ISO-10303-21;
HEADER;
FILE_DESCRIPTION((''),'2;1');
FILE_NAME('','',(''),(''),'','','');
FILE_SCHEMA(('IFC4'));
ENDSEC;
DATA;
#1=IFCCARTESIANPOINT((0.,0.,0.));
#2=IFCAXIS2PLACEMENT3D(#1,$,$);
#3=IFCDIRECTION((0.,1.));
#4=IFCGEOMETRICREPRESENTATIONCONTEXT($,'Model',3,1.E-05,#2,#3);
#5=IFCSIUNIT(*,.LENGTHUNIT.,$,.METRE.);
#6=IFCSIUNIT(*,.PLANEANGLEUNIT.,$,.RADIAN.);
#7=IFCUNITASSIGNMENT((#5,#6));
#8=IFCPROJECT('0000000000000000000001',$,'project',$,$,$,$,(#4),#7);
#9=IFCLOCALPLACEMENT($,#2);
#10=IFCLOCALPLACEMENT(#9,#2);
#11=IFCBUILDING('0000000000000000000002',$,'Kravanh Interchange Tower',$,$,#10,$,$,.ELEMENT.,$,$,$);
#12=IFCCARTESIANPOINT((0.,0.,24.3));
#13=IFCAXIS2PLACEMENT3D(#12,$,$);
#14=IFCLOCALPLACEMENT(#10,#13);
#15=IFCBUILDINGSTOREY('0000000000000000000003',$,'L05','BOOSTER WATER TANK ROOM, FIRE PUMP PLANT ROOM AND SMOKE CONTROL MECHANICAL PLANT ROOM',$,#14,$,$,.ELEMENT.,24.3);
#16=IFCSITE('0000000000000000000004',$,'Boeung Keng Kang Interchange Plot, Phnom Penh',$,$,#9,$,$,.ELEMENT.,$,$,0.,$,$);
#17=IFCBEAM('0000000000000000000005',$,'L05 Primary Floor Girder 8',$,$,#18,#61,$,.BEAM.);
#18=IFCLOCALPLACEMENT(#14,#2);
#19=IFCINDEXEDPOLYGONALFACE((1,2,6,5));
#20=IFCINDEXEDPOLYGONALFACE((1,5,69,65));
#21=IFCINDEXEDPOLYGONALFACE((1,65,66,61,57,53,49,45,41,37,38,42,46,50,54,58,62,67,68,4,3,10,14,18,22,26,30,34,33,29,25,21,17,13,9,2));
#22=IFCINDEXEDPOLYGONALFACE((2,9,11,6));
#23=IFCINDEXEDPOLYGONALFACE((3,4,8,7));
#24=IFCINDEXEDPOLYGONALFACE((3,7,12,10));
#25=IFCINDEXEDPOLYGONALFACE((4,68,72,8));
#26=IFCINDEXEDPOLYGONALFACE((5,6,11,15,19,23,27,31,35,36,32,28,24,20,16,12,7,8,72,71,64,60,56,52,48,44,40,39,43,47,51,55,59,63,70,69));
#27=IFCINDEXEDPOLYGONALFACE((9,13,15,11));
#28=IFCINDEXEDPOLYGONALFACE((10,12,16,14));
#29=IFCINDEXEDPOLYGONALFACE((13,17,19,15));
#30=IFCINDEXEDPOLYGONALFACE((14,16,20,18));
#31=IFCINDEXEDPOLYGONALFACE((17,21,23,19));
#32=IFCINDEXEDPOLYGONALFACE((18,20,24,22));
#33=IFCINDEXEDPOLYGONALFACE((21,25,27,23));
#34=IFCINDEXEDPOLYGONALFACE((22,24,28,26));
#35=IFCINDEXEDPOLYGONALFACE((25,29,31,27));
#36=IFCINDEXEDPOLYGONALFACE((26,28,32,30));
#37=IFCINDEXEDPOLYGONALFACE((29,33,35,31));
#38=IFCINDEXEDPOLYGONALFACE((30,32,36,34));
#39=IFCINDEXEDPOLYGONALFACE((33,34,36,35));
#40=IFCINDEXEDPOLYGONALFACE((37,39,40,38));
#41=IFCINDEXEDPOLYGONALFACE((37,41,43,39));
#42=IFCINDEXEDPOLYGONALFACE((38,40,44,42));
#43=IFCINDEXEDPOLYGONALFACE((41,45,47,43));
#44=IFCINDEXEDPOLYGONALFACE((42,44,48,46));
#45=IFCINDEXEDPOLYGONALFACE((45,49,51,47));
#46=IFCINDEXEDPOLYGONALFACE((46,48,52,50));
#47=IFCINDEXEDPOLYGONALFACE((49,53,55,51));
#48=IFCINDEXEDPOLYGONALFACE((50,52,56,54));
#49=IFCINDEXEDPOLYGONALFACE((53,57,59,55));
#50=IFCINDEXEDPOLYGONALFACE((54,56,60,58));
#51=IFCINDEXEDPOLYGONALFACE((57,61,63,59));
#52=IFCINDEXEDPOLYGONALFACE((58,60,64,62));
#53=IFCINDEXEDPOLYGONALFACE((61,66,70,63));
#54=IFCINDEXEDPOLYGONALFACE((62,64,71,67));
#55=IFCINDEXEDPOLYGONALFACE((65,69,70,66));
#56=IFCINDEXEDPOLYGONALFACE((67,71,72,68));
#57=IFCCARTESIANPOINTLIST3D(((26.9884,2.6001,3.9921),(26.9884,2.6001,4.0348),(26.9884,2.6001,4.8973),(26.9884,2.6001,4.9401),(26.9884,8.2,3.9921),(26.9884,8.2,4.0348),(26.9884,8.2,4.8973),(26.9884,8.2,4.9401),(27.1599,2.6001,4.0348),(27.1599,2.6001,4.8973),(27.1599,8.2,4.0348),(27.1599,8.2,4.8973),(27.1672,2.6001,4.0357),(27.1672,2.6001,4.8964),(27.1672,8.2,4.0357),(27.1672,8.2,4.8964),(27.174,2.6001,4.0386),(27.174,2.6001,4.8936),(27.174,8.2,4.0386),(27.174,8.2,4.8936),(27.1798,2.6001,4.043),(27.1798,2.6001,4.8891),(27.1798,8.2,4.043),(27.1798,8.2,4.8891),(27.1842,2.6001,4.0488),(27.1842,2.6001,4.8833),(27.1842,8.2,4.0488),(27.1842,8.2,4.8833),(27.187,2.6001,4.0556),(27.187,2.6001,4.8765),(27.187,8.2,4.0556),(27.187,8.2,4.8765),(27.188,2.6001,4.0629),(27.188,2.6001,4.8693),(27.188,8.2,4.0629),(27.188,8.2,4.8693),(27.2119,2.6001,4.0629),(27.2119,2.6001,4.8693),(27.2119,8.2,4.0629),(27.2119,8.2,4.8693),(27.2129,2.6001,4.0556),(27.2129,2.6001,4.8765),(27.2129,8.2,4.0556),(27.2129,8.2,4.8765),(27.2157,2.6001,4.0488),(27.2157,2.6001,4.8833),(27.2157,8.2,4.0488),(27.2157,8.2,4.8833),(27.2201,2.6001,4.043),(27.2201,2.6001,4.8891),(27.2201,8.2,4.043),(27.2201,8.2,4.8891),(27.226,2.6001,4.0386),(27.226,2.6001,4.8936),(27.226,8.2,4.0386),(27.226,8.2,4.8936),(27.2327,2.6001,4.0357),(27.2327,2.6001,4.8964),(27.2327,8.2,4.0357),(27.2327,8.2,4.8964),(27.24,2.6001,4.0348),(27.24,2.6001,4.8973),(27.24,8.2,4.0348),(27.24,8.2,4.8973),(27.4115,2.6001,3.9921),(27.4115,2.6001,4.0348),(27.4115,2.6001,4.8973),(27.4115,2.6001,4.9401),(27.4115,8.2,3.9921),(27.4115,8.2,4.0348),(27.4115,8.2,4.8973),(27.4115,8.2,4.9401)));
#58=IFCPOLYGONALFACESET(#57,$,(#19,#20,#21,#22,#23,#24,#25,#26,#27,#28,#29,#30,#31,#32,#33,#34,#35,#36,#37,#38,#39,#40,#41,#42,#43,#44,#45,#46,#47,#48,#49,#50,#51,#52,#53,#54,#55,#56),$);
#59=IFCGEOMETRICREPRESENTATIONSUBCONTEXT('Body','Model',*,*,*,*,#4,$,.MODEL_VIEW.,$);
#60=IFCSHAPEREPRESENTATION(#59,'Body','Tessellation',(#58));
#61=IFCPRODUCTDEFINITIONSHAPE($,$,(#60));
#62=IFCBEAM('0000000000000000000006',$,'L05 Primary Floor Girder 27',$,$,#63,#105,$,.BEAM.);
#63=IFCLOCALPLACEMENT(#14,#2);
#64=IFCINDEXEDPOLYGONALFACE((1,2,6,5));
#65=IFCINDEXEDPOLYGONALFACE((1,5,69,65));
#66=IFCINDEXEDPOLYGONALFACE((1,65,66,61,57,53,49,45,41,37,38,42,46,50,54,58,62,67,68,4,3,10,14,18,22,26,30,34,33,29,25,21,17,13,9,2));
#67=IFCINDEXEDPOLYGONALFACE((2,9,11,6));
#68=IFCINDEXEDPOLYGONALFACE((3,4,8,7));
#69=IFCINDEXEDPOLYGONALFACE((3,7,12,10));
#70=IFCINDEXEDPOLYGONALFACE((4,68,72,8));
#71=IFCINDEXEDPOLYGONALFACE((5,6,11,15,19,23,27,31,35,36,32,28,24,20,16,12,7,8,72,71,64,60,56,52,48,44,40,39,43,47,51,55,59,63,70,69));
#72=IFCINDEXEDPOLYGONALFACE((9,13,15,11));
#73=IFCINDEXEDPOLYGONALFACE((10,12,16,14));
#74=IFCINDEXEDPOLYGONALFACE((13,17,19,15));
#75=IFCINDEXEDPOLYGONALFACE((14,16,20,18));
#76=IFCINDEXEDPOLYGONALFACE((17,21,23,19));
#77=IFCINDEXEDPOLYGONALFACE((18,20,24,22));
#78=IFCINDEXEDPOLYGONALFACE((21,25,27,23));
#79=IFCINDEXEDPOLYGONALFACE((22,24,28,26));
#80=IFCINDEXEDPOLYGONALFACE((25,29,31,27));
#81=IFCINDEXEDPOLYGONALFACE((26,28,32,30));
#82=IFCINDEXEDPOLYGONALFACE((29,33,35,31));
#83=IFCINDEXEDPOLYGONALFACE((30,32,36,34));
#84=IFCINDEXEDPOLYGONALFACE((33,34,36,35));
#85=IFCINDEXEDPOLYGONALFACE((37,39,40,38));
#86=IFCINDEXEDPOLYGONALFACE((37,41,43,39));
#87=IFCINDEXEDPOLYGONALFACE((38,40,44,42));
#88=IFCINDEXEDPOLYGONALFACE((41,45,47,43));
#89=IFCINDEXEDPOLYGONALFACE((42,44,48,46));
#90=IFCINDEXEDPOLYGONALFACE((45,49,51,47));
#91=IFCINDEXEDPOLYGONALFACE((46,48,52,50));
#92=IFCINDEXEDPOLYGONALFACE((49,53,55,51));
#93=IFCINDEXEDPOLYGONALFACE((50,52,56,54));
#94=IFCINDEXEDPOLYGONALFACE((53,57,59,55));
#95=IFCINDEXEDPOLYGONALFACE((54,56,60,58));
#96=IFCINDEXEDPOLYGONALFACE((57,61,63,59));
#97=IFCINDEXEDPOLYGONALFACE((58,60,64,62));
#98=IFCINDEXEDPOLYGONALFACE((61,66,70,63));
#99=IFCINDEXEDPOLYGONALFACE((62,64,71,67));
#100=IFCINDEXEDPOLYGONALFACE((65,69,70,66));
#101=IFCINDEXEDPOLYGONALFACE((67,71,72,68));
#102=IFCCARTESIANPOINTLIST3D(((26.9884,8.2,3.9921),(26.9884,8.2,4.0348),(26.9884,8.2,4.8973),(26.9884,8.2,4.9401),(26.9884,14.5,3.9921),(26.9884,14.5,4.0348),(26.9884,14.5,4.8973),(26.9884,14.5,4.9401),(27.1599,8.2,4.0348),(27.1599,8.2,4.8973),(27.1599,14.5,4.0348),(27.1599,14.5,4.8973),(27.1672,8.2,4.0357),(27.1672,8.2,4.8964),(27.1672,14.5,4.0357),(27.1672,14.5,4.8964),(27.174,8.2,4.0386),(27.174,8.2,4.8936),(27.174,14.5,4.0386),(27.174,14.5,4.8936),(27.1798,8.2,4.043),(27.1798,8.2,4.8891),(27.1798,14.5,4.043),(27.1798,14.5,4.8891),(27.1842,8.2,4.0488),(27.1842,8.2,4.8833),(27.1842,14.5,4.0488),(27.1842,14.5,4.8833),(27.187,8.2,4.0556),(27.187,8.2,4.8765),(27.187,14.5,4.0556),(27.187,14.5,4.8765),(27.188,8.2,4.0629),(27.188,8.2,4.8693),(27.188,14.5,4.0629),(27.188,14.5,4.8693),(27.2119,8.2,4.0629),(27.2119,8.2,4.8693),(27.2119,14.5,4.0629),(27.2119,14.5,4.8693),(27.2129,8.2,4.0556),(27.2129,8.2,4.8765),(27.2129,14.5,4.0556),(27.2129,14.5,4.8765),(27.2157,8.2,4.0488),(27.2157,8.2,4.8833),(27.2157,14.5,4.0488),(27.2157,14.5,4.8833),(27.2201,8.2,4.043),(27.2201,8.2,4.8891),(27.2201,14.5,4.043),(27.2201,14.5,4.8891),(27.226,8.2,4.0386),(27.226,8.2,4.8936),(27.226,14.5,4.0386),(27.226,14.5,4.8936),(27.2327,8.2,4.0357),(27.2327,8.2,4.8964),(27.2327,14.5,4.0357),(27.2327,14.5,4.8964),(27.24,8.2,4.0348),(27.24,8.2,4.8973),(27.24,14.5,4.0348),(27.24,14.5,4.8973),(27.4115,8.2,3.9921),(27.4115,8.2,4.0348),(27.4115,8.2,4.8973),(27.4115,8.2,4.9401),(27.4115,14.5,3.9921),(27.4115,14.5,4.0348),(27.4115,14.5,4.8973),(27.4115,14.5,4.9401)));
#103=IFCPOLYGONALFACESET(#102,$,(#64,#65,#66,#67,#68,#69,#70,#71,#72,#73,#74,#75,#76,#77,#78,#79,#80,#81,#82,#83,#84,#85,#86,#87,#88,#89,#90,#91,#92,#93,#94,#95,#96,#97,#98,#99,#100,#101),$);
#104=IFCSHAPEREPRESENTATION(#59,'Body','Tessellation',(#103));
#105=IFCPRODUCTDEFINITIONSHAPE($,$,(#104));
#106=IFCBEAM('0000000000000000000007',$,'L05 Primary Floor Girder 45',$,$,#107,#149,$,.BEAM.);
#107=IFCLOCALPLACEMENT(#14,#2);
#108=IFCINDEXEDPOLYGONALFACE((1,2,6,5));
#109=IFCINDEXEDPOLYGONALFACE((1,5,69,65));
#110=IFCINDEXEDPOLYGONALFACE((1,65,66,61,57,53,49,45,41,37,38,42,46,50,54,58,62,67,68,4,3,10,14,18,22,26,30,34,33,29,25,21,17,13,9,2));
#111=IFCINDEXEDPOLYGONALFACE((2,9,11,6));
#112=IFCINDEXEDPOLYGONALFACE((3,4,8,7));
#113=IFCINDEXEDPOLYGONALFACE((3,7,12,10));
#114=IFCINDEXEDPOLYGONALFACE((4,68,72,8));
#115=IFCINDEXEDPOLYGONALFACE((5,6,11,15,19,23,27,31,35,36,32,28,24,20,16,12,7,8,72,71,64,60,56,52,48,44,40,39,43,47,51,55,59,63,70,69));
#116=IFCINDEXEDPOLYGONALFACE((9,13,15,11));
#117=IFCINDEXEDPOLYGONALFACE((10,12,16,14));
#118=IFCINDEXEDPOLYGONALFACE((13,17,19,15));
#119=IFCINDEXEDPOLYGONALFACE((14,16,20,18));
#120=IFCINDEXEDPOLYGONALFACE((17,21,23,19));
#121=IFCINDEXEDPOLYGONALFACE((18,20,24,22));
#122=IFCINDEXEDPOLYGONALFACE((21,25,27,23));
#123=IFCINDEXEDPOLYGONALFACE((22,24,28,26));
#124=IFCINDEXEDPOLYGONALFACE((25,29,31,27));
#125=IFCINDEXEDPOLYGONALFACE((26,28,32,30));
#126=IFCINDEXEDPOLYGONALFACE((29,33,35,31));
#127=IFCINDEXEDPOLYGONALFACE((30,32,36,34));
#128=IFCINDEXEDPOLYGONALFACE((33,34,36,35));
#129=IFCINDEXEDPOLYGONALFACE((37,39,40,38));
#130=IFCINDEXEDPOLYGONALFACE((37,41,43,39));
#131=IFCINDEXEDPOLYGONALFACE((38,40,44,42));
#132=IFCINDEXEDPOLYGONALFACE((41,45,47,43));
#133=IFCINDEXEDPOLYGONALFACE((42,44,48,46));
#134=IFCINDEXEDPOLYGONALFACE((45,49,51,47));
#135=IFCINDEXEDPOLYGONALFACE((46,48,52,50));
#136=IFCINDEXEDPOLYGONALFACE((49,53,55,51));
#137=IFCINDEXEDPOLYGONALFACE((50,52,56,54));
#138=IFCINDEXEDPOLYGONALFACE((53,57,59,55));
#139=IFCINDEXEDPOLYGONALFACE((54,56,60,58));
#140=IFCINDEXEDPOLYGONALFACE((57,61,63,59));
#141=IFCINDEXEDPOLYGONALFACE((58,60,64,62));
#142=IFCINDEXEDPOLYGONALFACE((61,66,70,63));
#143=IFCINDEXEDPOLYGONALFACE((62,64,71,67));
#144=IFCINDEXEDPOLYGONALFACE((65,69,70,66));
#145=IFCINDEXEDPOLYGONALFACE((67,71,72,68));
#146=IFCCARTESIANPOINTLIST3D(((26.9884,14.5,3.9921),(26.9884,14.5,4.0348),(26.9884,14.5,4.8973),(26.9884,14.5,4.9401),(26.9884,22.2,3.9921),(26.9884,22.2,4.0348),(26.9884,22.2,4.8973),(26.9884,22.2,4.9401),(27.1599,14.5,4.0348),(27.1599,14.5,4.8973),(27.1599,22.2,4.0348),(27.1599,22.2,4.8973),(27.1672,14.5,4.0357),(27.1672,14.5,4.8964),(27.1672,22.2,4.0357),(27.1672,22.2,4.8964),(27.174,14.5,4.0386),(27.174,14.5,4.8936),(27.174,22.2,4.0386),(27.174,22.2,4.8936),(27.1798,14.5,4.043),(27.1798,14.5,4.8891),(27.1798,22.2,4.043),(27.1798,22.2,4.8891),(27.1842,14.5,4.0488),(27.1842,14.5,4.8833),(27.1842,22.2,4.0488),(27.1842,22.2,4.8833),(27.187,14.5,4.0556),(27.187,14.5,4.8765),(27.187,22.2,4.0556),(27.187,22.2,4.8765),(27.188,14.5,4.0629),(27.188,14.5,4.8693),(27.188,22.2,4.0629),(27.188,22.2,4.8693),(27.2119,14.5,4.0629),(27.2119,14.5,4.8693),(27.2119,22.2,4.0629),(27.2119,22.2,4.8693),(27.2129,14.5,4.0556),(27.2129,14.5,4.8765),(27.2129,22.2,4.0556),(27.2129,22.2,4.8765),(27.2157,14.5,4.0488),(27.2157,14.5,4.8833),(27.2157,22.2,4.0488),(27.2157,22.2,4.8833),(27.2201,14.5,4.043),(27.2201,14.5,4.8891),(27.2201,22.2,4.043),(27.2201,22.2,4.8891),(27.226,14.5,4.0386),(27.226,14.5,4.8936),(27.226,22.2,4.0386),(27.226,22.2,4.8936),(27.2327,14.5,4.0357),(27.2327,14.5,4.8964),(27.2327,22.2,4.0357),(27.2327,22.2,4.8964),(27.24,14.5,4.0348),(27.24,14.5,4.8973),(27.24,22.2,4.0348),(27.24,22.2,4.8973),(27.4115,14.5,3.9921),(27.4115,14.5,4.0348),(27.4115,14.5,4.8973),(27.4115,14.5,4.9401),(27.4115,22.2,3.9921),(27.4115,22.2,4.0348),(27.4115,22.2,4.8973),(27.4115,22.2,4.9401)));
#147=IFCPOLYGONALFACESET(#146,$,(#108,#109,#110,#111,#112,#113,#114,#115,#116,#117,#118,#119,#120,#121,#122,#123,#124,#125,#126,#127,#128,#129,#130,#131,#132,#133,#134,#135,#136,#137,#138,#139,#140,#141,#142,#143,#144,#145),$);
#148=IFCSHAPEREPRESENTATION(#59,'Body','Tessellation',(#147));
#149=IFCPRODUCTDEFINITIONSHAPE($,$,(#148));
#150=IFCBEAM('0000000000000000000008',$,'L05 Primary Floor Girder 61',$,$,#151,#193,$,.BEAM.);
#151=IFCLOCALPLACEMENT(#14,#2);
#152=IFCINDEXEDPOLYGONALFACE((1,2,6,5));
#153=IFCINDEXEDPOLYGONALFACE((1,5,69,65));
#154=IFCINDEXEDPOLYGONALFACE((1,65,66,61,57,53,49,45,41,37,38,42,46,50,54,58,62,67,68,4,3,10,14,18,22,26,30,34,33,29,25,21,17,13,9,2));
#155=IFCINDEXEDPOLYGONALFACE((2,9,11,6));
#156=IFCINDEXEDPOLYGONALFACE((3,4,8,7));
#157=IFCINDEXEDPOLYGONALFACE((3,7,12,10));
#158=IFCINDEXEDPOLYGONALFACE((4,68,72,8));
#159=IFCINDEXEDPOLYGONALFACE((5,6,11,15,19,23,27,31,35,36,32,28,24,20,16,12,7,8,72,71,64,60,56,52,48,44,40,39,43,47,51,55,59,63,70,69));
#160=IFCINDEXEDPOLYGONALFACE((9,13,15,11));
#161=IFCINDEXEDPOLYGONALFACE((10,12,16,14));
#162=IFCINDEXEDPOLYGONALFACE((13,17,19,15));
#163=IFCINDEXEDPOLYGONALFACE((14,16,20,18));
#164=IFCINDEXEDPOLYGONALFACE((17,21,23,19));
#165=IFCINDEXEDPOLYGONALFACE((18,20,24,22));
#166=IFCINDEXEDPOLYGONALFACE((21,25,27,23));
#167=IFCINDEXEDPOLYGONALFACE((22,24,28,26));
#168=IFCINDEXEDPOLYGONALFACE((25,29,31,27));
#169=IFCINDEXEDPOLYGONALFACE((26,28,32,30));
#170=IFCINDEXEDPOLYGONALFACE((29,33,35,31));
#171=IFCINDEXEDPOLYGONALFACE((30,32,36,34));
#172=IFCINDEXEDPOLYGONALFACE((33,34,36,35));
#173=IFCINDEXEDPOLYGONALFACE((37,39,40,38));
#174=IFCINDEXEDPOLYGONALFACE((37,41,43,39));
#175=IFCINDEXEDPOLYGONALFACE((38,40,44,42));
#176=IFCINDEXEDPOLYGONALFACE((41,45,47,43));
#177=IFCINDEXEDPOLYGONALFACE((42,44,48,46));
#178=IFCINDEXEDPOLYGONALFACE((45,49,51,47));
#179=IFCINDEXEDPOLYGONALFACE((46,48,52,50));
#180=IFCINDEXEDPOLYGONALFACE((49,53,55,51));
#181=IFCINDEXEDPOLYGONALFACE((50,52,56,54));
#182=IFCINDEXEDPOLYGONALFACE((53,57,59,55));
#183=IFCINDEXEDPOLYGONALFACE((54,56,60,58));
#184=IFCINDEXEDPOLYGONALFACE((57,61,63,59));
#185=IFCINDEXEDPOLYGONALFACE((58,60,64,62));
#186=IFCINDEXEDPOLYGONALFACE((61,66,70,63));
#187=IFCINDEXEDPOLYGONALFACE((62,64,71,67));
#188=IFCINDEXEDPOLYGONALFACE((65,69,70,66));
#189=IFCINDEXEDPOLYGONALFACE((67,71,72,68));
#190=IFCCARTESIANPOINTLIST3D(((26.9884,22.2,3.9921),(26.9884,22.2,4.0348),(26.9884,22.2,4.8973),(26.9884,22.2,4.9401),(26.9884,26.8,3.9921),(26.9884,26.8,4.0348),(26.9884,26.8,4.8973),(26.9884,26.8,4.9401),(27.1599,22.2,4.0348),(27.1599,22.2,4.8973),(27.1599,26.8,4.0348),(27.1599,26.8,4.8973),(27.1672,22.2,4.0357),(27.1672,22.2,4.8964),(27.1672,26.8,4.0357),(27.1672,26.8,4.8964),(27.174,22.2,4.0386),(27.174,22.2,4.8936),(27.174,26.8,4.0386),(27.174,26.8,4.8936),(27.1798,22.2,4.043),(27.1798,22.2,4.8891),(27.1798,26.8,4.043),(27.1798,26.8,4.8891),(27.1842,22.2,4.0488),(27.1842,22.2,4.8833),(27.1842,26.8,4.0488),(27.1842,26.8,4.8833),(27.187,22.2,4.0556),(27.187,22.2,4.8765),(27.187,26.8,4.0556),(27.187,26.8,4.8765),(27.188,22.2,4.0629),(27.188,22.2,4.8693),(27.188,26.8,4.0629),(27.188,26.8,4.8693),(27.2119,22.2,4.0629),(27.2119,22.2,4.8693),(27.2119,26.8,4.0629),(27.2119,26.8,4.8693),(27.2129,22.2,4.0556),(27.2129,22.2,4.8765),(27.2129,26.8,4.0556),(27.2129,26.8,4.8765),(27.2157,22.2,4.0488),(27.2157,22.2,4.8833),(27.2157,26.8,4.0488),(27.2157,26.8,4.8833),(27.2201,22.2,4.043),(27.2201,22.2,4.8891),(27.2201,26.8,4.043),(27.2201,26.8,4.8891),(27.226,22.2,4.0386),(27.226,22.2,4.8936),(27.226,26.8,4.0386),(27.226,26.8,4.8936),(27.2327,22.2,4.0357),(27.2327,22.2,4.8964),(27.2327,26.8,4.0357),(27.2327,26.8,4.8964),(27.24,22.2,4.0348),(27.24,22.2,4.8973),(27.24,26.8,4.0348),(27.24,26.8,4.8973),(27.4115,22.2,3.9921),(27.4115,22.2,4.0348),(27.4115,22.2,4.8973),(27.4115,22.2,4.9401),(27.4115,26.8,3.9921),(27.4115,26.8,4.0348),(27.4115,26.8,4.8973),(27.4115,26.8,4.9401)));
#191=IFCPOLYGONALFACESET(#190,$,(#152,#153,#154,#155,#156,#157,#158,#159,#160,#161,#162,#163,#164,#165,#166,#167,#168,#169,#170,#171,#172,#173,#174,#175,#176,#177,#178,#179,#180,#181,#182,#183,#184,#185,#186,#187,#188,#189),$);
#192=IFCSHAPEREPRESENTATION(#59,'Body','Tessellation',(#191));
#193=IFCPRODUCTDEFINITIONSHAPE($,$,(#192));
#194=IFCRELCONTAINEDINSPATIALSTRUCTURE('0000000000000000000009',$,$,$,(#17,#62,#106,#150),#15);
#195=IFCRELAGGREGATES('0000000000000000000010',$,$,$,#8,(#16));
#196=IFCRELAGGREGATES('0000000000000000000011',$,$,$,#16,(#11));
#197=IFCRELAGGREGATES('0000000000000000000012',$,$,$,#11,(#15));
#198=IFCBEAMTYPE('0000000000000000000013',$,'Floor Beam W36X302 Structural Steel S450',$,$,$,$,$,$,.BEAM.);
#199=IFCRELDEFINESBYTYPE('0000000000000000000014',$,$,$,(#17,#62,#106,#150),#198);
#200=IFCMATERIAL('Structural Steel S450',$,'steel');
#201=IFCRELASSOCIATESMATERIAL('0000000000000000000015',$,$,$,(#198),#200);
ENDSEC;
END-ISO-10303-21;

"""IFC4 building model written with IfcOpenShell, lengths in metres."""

from ifc_helpers import new_model, si_unit, direction, frame, origin, origin_2d, place, context, subcontext, project, spatial, i_section, extrude, material, material_profile, profile_set, type_object, element, save


model = new_model("IFC4")

# Units and contexts
model_context = context("Model", 3, precision=1e-05, world=origin(), true_north=direction((0.0, 1.0)))
body_context = subcontext(model_context, "Body", "Model", "MODEL_VIEW")
ifc_project = project(units=[si_unit("LENGTHUNIT", "METRE"), si_unit("PLANEANGLEUNIT", "RADIAN")], contexts=[model_context])

# Site, building, storey
site_placement = place(None, origin())
site = spatial("IfcSite", under=ifc_project, at=site_placement, Name="Boeung Keng Kang Interchange Plot, Phnom Penh", CompositionType="ELEMENT", RefElevation=0.0)
building_placement = place(site_placement, origin())
building = spatial("IfcBuilding", under=site, at=building_placement, Name="Kravanh Interchange Tower", CompositionType="ELEMENT")
storey_placement = place(building_placement, frame((0.0, 0.0, 24.3)))
storey = spatial("IfcBuildingStorey", under=building, at=storey_placement, Name="L05", Description="BOOSTER WATER TANK ROOM, FIRE PUMP PLANT ROOM AND SMOKE CONTROL MECHANICAL PLANT ROOM", CompositionType="ELEMENT", Elevation=24.3)

# Beams
ifc_material_1 = material(Name="Structural Steel S450", Category="steel")
ifc_material_profile_1 = material_profile(ifc_material_1, i_section(OverallWidth=0.4231, OverallDepth=0.948, WebThickness=0.0239, FlangeThickness=0.0427, FilletRadius=0.0281, at=origin_2d()), Name="W36X302")
ifc_profile_set_1 = profile_set([ifc_material_profile_1], Name="Structural Steel S450")
beam_type_1 = type_object("IfcBeamType", Name="Floor Beam W36X302 Structural Steel S450", PredefinedType="BEAM", material=ifc_profile_set_1)
beam_1_placement = place(storey_placement, frame((27.2, 2.6001, 4.4661), z_axis=(0.0, 1.0, 0.0), x_axis=(-1.0, 0.0, 0.0)))
element("IfcBeam", 1, at=beam_1_placement, inside=storey, type_object=beam_type_1, Name="L05 Primary Floor Girder 8", PredefinedType="BEAM", context=body_context, shape_type="SweptSolid", body=[
    extrude(i_section(OverallWidth=0.4231, OverallDepth=0.948, WebThickness=0.0239, FlangeThickness=0.0427, FilletRadius=0.0281, at=origin_2d()), origin(), (0.0, 0.0, 1.0), 5.5999),
])
beam_2_placement = place(storey_placement, frame((27.2, 8.2, 4.4661), z_axis=(0.0, 1.0, 0.0), x_axis=(-1.0, 0.0, 0.0)))
element("IfcBeam", 2, at=beam_2_placement, inside=storey, type_object=beam_type_1, Name="L05 Primary Floor Girder 27", PredefinedType="BEAM", context=body_context, shape_type="SweptSolid", body=[
    extrude(i_section(OverallWidth=0.4231, OverallDepth=0.948, WebThickness=0.0239, FlangeThickness=0.0427, FilletRadius=0.0281, at=origin_2d()), origin(), (0.0, 0.0, 1.0), 6.3),
])
beam_3_placement = place(storey_placement, frame((27.2, 14.5, 4.4661), z_axis=(0.0, 1.0, 0.0), x_axis=(-1.0, 0.0, 0.0)))
element("IfcBeam", 3, at=beam_3_placement, inside=storey, type_object=beam_type_1, Name="L05 Primary Floor Girder 45", PredefinedType="BEAM", context=body_context, shape_type="SweptSolid", body=[
    extrude(i_section(OverallWidth=0.4231, OverallDepth=0.948, WebThickness=0.0239, FlangeThickness=0.0427, FilletRadius=0.0281, at=origin_2d()), origin(), (0.0, 0.0, 1.0), 7.7),
])
beam_4_placement = place(storey_placement, frame((27.2, 22.2, 4.4661), z_axis=(0.0, 1.0, 0.0), x_axis=(-1.0, 0.0, 0.0)))
element("IfcBeam", 4, at=beam_4_placement, inside=storey, type_object=beam_type_1, Name="L05 Primary Floor Girder 61", PredefinedType="BEAM", context=body_context, shape_type="SweptSolid", body=[
    extrude(i_section(OverallWidth=0.4231, OverallDepth=0.948, WebThickness=0.0239, FlangeThickness=0.0427, FilletRadius=0.0281, at=origin_2d()), origin(), (0.0, 0.0, 1.0), 4.6001),
])

save(model, "model.ifc")
